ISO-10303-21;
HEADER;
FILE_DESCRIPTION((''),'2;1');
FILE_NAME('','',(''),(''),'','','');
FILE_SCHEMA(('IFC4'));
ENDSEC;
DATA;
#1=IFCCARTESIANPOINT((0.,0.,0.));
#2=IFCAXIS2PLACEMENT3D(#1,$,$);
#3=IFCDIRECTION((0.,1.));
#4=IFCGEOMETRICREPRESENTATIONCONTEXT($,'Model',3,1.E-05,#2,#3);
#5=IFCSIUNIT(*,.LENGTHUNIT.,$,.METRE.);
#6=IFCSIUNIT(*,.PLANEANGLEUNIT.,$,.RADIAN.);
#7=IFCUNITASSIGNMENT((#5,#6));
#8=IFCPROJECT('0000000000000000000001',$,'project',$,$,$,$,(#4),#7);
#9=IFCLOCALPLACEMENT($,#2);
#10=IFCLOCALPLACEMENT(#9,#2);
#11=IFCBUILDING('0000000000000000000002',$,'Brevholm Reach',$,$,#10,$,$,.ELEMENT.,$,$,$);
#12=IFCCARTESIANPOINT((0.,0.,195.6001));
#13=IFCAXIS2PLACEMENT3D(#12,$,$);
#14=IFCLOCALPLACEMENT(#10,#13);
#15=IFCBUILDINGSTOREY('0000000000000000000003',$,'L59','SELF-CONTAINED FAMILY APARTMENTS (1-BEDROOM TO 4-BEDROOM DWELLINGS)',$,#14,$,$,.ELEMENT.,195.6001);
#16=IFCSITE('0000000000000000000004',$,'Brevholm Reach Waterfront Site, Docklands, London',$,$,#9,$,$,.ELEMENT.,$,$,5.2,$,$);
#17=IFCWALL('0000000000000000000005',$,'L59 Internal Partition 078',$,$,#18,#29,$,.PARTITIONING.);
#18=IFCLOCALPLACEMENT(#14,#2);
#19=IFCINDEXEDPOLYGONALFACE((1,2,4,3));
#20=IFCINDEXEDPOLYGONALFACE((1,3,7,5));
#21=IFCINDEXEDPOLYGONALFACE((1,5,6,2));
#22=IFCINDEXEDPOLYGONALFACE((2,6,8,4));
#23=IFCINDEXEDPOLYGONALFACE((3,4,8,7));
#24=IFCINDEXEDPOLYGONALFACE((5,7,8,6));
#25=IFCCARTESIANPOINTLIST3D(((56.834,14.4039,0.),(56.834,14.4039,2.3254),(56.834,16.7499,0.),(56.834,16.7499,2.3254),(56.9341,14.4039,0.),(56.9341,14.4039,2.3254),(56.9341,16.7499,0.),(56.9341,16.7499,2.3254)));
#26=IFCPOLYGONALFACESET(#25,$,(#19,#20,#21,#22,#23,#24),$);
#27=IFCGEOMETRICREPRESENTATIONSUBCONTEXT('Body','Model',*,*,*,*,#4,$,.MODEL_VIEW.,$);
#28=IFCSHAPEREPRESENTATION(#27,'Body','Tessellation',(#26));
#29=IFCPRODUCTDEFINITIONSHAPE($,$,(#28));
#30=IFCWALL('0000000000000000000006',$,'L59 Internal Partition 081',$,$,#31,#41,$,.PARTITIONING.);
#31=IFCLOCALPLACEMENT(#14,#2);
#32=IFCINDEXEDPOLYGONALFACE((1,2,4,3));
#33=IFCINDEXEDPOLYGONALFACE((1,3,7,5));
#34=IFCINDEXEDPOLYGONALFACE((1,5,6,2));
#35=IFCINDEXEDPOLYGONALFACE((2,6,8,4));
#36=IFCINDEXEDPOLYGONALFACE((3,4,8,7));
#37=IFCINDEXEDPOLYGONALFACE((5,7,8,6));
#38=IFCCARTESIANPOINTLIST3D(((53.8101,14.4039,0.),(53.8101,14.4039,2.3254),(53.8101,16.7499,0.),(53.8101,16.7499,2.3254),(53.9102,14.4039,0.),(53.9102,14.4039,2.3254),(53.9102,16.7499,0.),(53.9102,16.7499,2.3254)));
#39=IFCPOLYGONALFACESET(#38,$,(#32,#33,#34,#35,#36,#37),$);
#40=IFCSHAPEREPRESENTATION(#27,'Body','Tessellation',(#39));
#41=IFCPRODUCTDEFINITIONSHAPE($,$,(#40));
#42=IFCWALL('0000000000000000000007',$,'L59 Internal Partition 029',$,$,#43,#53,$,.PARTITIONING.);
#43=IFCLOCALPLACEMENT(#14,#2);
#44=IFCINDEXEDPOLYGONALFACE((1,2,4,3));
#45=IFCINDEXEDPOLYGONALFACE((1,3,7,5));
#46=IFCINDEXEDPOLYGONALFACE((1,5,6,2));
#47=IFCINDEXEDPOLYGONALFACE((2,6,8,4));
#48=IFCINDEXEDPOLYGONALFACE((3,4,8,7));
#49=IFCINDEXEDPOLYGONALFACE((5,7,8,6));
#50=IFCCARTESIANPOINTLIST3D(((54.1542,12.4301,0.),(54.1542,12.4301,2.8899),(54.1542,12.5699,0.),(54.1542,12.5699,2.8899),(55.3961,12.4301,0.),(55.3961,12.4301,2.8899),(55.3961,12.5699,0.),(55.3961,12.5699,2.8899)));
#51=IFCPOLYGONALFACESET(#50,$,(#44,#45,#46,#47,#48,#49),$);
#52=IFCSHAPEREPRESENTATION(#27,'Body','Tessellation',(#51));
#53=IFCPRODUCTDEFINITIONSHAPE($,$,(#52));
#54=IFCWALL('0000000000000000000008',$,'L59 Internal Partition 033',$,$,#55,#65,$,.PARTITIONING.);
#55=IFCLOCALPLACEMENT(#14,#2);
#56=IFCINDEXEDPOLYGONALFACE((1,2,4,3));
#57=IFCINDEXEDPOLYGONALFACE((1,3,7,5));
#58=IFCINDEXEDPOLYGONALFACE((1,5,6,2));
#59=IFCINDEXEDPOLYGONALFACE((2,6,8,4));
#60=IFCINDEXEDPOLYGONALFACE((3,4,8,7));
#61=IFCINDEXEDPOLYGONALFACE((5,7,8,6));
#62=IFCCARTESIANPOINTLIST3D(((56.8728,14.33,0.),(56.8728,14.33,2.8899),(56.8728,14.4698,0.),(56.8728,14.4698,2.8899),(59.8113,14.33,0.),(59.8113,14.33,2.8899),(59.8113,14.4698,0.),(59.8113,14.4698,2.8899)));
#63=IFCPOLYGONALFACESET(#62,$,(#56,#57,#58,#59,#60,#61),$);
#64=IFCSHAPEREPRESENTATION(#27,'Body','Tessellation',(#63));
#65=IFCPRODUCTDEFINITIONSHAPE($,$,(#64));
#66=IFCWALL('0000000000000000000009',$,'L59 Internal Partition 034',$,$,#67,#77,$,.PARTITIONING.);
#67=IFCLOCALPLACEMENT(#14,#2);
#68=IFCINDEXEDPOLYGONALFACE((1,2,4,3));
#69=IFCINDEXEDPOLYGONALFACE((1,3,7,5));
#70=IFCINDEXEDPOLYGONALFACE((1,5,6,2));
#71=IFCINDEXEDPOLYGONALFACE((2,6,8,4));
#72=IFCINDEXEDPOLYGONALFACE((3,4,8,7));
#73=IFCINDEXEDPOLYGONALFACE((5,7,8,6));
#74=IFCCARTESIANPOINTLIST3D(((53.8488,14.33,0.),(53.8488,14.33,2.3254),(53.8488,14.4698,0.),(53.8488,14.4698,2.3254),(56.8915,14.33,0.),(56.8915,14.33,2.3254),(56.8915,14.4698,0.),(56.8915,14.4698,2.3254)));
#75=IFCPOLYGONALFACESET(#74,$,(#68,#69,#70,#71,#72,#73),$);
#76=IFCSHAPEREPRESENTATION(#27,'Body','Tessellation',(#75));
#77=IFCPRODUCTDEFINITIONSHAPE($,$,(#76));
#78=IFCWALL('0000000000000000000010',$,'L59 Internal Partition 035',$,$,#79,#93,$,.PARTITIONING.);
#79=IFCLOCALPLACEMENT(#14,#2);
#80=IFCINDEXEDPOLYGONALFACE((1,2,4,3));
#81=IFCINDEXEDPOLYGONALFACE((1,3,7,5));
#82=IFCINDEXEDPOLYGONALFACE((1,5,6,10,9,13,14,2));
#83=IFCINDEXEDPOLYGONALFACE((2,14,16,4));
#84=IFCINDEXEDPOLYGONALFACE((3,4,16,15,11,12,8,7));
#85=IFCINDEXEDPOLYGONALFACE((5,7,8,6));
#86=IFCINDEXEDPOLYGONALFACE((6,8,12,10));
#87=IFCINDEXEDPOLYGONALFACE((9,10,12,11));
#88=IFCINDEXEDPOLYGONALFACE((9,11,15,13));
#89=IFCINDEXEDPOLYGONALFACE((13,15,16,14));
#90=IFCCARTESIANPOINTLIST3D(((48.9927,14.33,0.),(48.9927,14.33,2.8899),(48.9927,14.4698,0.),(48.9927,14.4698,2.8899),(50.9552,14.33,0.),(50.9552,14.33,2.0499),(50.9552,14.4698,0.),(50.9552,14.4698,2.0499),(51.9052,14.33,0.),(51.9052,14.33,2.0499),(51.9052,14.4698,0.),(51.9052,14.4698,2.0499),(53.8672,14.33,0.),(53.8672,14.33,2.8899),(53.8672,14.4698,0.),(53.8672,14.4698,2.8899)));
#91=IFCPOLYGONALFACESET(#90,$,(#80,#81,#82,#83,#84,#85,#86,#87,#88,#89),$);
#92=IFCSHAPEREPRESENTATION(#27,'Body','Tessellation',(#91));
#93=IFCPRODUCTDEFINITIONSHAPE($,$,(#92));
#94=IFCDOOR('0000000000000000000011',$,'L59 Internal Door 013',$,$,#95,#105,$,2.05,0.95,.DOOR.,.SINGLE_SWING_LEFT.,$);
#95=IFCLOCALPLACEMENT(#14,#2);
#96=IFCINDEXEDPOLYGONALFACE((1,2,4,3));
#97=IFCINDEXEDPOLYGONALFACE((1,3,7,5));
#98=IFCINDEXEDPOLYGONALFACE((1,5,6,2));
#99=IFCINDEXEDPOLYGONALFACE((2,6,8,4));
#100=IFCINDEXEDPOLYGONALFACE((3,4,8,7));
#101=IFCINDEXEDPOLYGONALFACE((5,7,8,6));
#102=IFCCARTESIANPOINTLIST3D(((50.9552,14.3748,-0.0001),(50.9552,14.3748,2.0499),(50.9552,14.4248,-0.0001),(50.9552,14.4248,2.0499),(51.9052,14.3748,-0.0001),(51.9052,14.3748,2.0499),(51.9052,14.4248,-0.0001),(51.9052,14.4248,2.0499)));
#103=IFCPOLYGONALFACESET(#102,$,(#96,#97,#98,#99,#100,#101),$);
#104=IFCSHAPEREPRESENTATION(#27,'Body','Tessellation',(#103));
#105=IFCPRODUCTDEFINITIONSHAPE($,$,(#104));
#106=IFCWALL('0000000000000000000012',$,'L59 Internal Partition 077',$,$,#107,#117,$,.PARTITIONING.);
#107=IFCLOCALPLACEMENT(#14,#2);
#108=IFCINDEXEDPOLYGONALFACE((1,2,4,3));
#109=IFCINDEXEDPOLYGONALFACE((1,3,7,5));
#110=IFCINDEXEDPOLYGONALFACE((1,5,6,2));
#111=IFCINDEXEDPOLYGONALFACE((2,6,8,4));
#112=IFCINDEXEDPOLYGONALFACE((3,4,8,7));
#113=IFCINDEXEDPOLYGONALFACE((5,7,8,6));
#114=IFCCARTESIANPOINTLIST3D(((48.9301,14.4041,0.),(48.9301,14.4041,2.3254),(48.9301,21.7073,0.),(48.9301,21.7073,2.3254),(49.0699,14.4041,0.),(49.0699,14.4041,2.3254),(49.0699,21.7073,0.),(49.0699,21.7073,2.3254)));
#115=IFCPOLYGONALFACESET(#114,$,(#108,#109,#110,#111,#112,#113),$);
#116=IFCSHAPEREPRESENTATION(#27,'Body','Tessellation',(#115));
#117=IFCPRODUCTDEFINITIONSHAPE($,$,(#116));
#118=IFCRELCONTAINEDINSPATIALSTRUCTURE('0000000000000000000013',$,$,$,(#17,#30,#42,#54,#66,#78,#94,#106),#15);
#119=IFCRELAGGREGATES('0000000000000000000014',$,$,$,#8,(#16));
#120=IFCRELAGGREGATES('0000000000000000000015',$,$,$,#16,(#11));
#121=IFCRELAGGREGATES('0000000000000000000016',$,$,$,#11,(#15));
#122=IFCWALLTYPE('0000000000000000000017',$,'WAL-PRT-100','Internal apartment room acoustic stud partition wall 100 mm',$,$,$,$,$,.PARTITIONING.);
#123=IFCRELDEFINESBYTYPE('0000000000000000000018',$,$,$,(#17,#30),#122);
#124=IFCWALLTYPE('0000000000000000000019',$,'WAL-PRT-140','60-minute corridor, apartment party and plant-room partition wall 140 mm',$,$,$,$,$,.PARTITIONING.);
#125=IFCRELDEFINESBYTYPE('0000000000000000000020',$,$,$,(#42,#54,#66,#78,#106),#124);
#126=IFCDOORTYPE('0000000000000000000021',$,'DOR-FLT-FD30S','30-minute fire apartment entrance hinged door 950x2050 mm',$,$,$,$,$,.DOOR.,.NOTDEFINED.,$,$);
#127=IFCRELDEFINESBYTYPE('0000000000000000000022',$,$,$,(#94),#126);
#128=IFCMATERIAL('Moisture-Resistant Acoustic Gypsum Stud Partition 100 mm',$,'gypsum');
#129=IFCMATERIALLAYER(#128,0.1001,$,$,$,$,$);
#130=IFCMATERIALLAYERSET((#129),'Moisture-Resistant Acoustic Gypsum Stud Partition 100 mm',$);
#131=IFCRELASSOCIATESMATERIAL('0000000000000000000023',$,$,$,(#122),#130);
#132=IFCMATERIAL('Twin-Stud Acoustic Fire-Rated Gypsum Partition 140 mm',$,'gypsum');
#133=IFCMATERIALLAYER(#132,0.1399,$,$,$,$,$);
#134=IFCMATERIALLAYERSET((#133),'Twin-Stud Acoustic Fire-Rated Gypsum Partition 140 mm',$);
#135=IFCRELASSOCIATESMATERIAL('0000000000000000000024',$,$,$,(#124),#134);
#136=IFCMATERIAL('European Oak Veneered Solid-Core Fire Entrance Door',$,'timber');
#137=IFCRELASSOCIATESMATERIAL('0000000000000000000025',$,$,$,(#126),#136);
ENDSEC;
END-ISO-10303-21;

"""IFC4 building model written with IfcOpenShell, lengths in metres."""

from ifc_helpers import new_model, si_unit, direction, frame, frame_2d, origin, place, context, subcontext, project, spatial, rectangle, extrude, material, layer, layer_set, type_object, element, fill, save


model = new_model("IFC4")

# Units and contexts
model_context = context("Model", 3, precision=1e-05, world=origin(), true_north=direction((0.0, 1.0)))
body_context = subcontext(model_context, "Body", "Model", "MODEL_VIEW")
ifc_project = project(units=[si_unit("LENGTHUNIT", "METRE"), si_unit("PLANEANGLEUNIT", "RADIAN")], contexts=[model_context])

# Site, building, storey
site_placement = place(None, origin())
site = spatial("IfcSite", under=ifc_project, at=site_placement, Name="Brevholm Reach Waterfront Site, Docklands, London", CompositionType="ELEMENT", RefElevation=5.2)
building_placement = place(site_placement, origin())
building = spatial("IfcBuilding", under=site, at=building_placement, Name="Brevholm Reach", CompositionType="ELEMENT")
storey_placement = place(building_placement, frame((0.0, 0.0, 195.6001)))
storey = spatial("IfcBuildingStorey", under=building, at=storey_placement, Name="L59", Description="SELF-CONTAINED FAMILY APARTMENTS (1-BEDROOM TO 4-BEDROOM DWELLINGS)", CompositionType="ELEMENT", Elevation=195.6001)

# Walls
ifc_material_1 = material(Name="Moisture-Resistant Acoustic Gypsum Stud Partition 100 mm", Category="gypsum")
ifc_layer_1 = layer(ifc_material_1, 0.1001)
ifc_layer_set_1 = layer_set([ifc_layer_1], Name="Moisture-Resistant Acoustic Gypsum Stud Partition 100 mm")
wall_type_1 = type_object("IfcWallType", Name="WAL-PRT-100", Description="Internal apartment room acoustic stud partition wall 100 mm", PredefinedType="PARTITIONING", material=ifc_layer_set_1)
for number, where, z_axis, x_axis, name in (
    (1, (56.884, 14.4041, 0.0), (0.0, 0.0, 1.0), (0.0, 1.0, 0.0), "L59 Internal Partition 078"),
    (2, (53.8601, 14.4041, 0.0), (0.0, 0.0, 1.0), (0.0, 1.0, 0.0), "L59 Internal Partition 081"),
):
    element("IfcWall", number, at=place(storey_placement, frame(where, z_axis=z_axis, x_axis=x_axis)), inside=storey, type_object=wall_type_1, Name=name, PredefinedType="PARTITIONING", context=body_context, shape_type="SweptSolid", body=[
        extrude(rectangle(XDim=2.3459, YDim=0.1001, at=frame_2d((1.1729, 0.0))), origin(), (0.0, 0.0, 1.0), 2.3254),
    ])
ifc_material_2 = material(Name="Twin-Stud Acoustic Fire-Rated Gypsum Partition 140 mm", Category="gypsum")
ifc_layer_2 = layer(ifc_material_2, 0.1399)
ifc_layer_set_2 = layer_set([ifc_layer_2], Name="Twin-Stud Acoustic Fire-Rated Gypsum Partition 140 mm")
wall_type_2 = type_object("IfcWallType", Name="WAL-PRT-140", Description="60-minute corridor, apartment party and plant-room partition wall 140 mm", PredefinedType="PARTITIONING", material=ifc_layer_set_2)
wall_1_placement = place(storey_placement, frame((54.1541, 12.5, 0.0), z_axis=(0.0, 0.0, 1.0), x_axis=(1.0, 0.0, 0.0)))
element("IfcWall", 3, at=wall_1_placement, inside=storey, type_object=wall_type_2, Name="L59 Internal Partition 029", PredefinedType="PARTITIONING", context=body_context, shape_type="SweptSolid", body=[
    extrude(rectangle(XDim=1.2419, YDim=0.1399, at=frame_2d((0.6211, 0.0))), origin(), (0.0, 0.0, 1.0), 2.8899),
])
wall_2_placement = place(storey_placement, frame((56.8728, 14.3999, 0.0), z_axis=(0.0, 0.0, 1.0), x_axis=(1.0, 0.0, 0.0)))
element("IfcWall", 4, at=wall_2_placement, inside=storey, type_object=wall_type_2, Name="L59 Internal Partition 033", PredefinedType="PARTITIONING", context=body_context, shape_type="SweptSolid", body=[
    extrude(rectangle(XDim=2.9385, YDim=0.1399, at=frame_2d((1.4692, 0.0))), origin(), (0.0, 0.0, 1.0), 2.8899),
])
wall_3_placement = place(storey_placement, frame((53.8486, 14.3999, 0.0), z_axis=(0.0, 0.0, 1.0), x_axis=(1.0, 0.0, 0.0)))
element("IfcWall", 5, at=wall_3_placement, inside=storey, type_object=wall_type_2, Name="L59 Internal Partition 034", PredefinedType="PARTITIONING", context=body_context, shape_type="SweptSolid", body=[
    extrude(rectangle(XDim=3.0427, YDim=0.1399, at=frame_2d((1.5215, 0.0))), origin(), (0.0, 0.0, 1.0), 2.3254),
])

# Wall, opening, door
wall_4_placement = place(storey_placement, frame((48.9927, 14.3999, 0.0), z_axis=(0.0, 0.0, 1.0), x_axis=(1.0, 0.0, 0.0)))
wall_4 = element("IfcWall", 6, at=wall_4_placement, inside=storey, type_object=wall_type_2, Name="L59 Internal Partition 035", PredefinedType="PARTITIONING", context=body_context, shape_type="SweptSolid", body=[
    extrude(rectangle(XDim=4.8745, YDim=0.1399, at=frame_2d((2.4373, 0.0))), origin(), (0.0, 0.0, 1.0), 2.8899),
])
opening_placement = place(wall_4_placement, frame((1.9624, 0.0, 0.0)))
opening = element("IfcOpeningElement", 7, at=opening_placement, cuts=wall_4, PredefinedType="OPENING", context=body_context, shape_type="SweptSolid", body=[
    extrude(rectangle(XDim=0.95, YDim=2.05, at=frame_2d((0.4751, 1.0249))), frame((0.0, 0.0798, 0.0), z_axis=(0.0, -1.0, 0.0), x_axis=(1.0, 0.0, 0.0)), (0.0, 0.0, 1.0), 0.1599),
])
ifc_material_3 = material(Name="European Oak Veneered Solid-Core Fire Entrance Door", Category="timber")
door_type = type_object("IfcDoorType", Name="DOR-FLT-FD30S", Description="30-minute fire apartment entrance hinged door 950x2050 mm", OperationType="NOTDEFINED", PredefinedType="DOOR", material=ifc_material_3)
door_placement = place(opening_placement, origin())
door = element("IfcDoor", 8, at=door_placement, inside=storey, type_object=door_type, Name="L59 Internal Door 013", OperationType="SINGLE_SWING_LEFT", OverallHeight=2.05, OverallWidth=0.95, PredefinedType="DOOR", context=body_context, shape_type="SweptSolid", body=[
    extrude(rectangle(XDim=0.95, YDim=2.05, at=frame_2d((0.4751, 1.0249))), frame((0.0, 0.0249, 0.0), z_axis=(0.0, -1.0, 0.0), x_axis=(1.0, 0.0, 0.0)), (0.0, 0.0, 1.0), 0.05),
])
fill(opening, door)

# Wall
wall_5_placement = place(storey_placement, frame((49.0, 14.4041, 0.0), z_axis=(0.0, 0.0, 1.0), x_axis=(0.0, 1.0, 0.0)))
element("IfcWall", 9, at=wall_5_placement, inside=storey, type_object=wall_type_2, Name="L59 Internal Partition 077", PredefinedType="PARTITIONING", context=body_context, shape_type="SweptSolid", body=[
    extrude(rectangle(XDim=7.3032, YDim=0.1399, at=frame_2d((3.6516, 0.0))), origin(), (0.0, 0.0, 1.0), 2.3254),
])

save(model, "model.ifc")
